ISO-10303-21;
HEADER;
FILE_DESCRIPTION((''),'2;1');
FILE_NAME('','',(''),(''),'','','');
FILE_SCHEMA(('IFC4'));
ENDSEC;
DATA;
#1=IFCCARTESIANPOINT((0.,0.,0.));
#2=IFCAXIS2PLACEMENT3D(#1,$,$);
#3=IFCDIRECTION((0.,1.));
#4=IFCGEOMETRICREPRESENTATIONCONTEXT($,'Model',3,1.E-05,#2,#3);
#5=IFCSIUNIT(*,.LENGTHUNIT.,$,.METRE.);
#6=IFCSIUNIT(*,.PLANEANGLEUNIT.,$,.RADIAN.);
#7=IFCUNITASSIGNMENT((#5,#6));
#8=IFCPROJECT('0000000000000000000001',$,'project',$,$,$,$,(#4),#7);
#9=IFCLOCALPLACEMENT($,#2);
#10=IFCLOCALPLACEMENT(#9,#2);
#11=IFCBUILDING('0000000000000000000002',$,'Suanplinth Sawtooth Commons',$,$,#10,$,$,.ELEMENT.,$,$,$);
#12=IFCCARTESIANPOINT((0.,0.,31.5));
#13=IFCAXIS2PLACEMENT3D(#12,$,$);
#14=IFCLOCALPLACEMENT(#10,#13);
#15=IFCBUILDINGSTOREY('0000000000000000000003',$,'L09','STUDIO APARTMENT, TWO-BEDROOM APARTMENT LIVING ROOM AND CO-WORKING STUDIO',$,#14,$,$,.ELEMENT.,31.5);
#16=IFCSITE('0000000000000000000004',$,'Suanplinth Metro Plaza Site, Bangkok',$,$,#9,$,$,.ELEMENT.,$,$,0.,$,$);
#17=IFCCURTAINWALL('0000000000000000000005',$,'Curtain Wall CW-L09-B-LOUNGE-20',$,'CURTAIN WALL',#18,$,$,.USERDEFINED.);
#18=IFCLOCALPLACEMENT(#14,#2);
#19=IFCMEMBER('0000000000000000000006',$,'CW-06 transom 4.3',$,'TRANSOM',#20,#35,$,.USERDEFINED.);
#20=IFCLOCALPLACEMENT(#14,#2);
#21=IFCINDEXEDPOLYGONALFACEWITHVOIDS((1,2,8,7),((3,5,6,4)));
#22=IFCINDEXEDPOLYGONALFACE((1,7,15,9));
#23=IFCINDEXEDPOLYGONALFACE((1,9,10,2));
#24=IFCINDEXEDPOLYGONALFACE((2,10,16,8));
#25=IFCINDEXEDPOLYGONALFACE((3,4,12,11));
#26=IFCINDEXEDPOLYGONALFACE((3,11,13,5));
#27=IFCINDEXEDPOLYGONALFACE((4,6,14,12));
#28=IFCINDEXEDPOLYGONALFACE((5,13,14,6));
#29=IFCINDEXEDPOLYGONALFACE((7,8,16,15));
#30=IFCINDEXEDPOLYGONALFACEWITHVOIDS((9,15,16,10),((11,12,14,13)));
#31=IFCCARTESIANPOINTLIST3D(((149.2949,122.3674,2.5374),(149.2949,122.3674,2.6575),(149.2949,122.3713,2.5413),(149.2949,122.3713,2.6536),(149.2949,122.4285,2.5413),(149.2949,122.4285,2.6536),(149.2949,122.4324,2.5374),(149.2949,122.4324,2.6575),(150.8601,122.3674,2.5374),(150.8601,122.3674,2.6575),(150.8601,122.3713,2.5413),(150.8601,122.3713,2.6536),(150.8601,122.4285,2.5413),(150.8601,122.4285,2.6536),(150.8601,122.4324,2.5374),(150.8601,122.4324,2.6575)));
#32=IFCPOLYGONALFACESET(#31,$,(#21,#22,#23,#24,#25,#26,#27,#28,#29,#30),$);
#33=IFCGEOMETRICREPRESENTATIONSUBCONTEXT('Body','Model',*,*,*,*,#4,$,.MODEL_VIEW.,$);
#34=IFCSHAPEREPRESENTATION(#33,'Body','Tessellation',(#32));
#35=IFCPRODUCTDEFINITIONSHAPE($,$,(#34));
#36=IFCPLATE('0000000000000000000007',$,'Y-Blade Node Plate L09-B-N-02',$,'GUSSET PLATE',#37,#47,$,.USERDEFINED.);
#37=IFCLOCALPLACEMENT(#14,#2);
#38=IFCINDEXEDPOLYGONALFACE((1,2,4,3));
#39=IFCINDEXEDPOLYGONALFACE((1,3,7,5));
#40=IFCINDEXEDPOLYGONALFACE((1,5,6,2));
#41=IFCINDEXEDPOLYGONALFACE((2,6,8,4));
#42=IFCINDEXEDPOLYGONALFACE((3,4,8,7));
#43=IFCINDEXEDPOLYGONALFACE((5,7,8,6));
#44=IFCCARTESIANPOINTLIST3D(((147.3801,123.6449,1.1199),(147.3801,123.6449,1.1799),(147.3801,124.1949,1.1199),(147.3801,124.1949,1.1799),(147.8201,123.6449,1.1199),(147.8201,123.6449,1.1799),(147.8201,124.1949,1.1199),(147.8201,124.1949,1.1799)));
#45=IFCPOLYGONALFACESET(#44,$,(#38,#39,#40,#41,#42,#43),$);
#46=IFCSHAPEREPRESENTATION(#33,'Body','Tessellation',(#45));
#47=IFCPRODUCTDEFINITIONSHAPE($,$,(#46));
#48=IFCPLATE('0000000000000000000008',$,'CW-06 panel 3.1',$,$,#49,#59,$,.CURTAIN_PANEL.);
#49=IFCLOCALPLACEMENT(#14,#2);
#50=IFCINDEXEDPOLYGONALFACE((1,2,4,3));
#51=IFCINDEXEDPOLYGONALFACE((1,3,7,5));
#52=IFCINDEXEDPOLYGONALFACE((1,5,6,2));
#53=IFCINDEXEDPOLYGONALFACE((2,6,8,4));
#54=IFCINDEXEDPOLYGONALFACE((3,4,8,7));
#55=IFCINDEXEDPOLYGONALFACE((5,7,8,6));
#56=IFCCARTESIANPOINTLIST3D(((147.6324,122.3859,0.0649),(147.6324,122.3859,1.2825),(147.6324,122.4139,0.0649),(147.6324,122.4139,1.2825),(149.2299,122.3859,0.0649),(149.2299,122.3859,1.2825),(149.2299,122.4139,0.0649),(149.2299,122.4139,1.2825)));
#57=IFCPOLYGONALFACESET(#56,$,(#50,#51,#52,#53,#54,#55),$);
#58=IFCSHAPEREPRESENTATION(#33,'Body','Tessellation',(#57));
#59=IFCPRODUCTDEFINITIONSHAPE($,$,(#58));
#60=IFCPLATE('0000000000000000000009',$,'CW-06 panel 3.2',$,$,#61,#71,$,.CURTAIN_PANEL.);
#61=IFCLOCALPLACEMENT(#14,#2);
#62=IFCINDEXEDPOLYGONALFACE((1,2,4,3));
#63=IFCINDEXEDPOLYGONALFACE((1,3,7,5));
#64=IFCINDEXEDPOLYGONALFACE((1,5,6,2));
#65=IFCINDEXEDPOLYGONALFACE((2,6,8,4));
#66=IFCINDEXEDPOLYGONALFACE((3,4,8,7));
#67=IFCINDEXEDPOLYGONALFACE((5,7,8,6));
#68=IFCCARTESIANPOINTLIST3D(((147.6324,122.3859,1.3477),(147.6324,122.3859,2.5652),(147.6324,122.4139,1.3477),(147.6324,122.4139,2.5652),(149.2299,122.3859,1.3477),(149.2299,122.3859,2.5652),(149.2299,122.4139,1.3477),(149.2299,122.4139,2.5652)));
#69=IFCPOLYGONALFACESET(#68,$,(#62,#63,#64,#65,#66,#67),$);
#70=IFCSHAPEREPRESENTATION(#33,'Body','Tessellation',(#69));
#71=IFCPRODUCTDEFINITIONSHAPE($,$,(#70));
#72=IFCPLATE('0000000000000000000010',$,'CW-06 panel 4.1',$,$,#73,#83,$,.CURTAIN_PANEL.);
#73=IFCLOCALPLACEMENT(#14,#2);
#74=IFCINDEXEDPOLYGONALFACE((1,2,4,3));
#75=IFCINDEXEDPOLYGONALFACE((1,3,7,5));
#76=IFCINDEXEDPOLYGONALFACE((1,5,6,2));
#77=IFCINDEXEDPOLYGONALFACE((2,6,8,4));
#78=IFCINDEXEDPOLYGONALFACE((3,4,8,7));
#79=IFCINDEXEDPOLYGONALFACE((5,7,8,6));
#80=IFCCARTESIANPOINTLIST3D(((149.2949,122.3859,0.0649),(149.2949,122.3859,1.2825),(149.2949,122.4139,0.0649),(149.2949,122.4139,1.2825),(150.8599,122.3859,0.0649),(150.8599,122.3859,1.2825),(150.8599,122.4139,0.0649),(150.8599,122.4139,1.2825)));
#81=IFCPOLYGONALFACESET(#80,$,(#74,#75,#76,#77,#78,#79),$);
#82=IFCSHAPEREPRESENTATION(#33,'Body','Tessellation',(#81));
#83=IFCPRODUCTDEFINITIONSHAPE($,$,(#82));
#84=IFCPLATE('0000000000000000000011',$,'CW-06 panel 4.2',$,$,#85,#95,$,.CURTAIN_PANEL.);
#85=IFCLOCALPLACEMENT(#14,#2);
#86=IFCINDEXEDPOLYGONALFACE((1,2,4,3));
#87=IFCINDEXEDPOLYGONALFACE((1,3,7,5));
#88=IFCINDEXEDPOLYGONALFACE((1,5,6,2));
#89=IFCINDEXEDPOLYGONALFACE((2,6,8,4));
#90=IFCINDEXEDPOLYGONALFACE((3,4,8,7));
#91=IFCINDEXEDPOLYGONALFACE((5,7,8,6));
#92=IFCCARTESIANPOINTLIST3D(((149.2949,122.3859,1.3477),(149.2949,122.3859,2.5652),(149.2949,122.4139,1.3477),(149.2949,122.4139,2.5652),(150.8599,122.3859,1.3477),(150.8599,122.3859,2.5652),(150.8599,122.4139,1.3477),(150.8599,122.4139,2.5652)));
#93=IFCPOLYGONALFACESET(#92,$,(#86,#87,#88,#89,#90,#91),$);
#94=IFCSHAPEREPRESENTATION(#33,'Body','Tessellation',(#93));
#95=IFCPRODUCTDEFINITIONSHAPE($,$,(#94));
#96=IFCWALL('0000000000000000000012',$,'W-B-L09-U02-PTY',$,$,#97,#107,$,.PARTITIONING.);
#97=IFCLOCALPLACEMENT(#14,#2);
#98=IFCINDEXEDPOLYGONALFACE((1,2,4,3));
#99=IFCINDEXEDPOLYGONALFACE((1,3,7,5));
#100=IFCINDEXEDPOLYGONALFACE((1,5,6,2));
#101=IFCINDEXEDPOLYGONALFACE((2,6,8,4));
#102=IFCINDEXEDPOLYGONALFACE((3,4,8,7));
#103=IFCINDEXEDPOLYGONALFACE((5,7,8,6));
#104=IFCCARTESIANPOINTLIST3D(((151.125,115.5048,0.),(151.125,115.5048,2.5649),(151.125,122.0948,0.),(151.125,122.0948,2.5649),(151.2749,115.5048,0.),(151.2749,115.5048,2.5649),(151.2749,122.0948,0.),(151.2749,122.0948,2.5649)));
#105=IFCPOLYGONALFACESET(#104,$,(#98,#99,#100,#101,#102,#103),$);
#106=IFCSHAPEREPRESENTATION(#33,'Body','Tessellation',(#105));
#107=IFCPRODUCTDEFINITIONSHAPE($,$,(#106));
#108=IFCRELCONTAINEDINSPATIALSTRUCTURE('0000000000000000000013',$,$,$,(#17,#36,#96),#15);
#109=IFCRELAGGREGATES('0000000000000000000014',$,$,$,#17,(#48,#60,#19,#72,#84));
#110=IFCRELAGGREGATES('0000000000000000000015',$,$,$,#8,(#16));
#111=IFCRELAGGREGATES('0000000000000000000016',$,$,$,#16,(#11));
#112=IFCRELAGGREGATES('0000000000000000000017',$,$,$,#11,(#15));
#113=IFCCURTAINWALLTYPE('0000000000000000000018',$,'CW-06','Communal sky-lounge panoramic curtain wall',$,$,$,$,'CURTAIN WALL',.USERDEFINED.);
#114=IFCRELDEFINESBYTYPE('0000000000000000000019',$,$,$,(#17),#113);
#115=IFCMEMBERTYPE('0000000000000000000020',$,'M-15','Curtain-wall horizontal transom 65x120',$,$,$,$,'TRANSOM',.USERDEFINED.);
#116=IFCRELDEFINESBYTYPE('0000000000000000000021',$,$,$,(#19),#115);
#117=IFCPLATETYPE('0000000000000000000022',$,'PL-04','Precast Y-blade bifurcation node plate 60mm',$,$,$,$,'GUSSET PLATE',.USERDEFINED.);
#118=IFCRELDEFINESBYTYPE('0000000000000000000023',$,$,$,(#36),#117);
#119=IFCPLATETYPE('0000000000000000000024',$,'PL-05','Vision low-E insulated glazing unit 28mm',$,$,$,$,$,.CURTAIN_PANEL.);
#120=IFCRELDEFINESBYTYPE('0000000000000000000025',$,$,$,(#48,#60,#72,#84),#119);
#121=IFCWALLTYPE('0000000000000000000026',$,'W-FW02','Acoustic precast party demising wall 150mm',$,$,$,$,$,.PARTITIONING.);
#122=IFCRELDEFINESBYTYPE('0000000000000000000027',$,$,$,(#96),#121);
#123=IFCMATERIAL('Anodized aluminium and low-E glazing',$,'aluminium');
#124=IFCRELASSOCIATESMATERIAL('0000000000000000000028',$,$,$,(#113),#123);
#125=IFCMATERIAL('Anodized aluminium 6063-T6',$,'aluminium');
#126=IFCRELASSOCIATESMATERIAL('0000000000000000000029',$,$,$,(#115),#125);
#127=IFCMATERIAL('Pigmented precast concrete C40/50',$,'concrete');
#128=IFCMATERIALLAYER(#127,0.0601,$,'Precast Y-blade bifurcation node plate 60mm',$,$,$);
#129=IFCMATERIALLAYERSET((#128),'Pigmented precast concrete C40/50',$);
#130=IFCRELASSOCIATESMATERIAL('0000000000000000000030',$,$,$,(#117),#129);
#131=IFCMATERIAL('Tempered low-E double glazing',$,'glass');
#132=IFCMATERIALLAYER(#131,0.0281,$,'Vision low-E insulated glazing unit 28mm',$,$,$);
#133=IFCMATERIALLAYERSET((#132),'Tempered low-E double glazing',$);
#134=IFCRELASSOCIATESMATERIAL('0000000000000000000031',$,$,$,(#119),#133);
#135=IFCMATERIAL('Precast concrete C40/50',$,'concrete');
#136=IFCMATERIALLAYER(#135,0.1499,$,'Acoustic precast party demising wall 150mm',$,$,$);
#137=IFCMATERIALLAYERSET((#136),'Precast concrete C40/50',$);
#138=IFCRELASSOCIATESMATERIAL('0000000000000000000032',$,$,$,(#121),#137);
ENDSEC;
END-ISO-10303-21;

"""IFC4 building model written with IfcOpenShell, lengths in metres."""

from ifc_helpers import new_model, si_unit, direction, frame, frame_2d, origin, origin_2d, place, context, subcontext, project, spatial, rectangle, hollow_rectangle, extrude, material, layer, layer_set, material_profile, profile_set, type_object, element, aggregate, save


model = new_model("IFC4")

# Units and contexts
model_context = context("Model", 3, precision=1e-05, world=origin(), true_north=direction((0.0, 1.0)))
body_context = subcontext(model_context, "Body", "Model", "MODEL_VIEW")
ifc_project = project(units=[si_unit("LENGTHUNIT", "METRE"), si_unit("PLANEANGLEUNIT", "RADIAN")], contexts=[model_context])

# Site, building, storey
site_placement = place(None, origin())
site = spatial("IfcSite", under=ifc_project, at=site_placement, Name="Suanplinth Metro Plaza Site, Bangkok", CompositionType="ELEMENT", RefElevation=0.0)
building_placement = place(site_placement, origin())
building = spatial("IfcBuilding", under=site, at=building_placement, Name="Suanplinth Sawtooth Commons", CompositionType="ELEMENT")
storey_placement = place(building_placement, frame((0.0, 0.0, 31.5)))
storey = spatial("IfcBuildingStorey", under=building, at=storey_placement, Name="L09", Description="STUDIO APARTMENT, TWO-BEDROOM APARTMENT LIVING ROOM AND CO-WORKING STUDIO", CompositionType="ELEMENT", Elevation=31.5)

# Shared definitions
ifc_material_1 = material(Name="Pigmented precast concrete C40/50", Category="concrete")

# Curtain wall, member
ifc_material_2 = material(Name="Anodized aluminium and low-E glazing", Category="aluminium")
curtain_wall_type = type_object("IfcCurtainWallType", Name="CW-06", Description="Communal sky-lounge panoramic curtain wall", ElementType="CURTAIN WALL", PredefinedType="USERDEFINED", material=ifc_material_2)
curtain_wall_placement = place(storey_placement, origin())
curtain_wall = element("IfcCurtainWall", 1, at=curtain_wall_placement, inside=storey, type_object=curtain_wall_type, Name="Curtain Wall CW-L09-B-LOUNGE-20", ObjectType="CURTAIN WALL", PredefinedType="USERDEFINED")
ifc_material_3 = material(Name="Anodized aluminium 6063-T6", Category="aluminium")
ifc_material_profile_1 = material_profile(ifc_material_3, hollow_rectangle(XDim=0.0649, YDim=0.1201, WallThickness=0.0039, at=origin_2d()), Name="ALU-TRN 65x120")
ifc_profile_set_1 = profile_set([ifc_material_profile_1], Name="Anodized aluminium 6063-T6")
member_type_1 = type_object("IfcMemberType", Name="M-15", Description="Curtain-wall horizontal transom 65x120", ElementType="TRANSOM", PredefinedType="USERDEFINED", material=ifc_profile_set_1)
member_1_placement = place(storey_placement, frame((149.2949, 122.3999, 2.5974), z_axis=(1.0, 0.0, 0.0), x_axis=(0.0, 1.0, 0.0)))
member_1 = element("IfcMember", 2, at=member_1_placement, type_object=member_type_1, Name="CW-06 transom 4.3", ObjectType="TRANSOM", PredefinedType="USERDEFINED", context=body_context, shape_type="SweptSolid", body=[
    extrude(hollow_rectangle(XDim=0.0649, YDim=0.1201, WallThickness=0.0039, at=origin_2d()), origin(), (0.0, 0.0, 1.0), 1.5652),
])

# Plates
ifc_layer_1 = layer(ifc_material_1, 0.0601, Name="Precast Y-blade bifurcation node plate 60mm")
ifc_layer_set_1 = layer_set([ifc_layer_1], Name="Pigmented precast concrete C40/50")
plate_type_1 = type_object("IfcPlateType", Name="PL-04", Description="Precast Y-blade bifurcation node plate 60mm", ElementType="GUSSET PLATE", PredefinedType="USERDEFINED", material=ifc_layer_set_1)
plate_1_placement = place(storey_placement, frame((147.6001, 123.9199, 1.1199), z_axis=(0.0, 0.0, 1.0), x_axis=(1.0, 0.0, 0.0)))
element("IfcPlate", 3, at=plate_1_placement, inside=storey, type_object=plate_type_1, Name="Y-Blade Node Plate L09-B-N-02", ObjectType="GUSSET PLATE", PredefinedType="USERDEFINED", context=body_context, shape_type="SweptSolid", body=[
    extrude(rectangle(XDim=0.4399, YDim=0.55, at=origin_2d()), origin(), (0.0, 0.0, 1.0), 0.0601),
])
ifc_material_4 = material(Name="Tempered low-E double glazing", Category="glass")
ifc_layer_2 = layer(ifc_material_4, 0.0281, Name="Vision low-E insulated glazing unit 28mm")
ifc_layer_set_2 = layer_set([ifc_layer_2], Name="Tempered low-E double glazing")
plate_type_2 = type_object("IfcPlateType", Name="PL-05", Description="Vision low-E insulated glazing unit 28mm", PredefinedType="CURTAIN_PANEL", material=ifc_layer_set_2)
plate_2_placement = place(storey_placement, frame((148.4312, 122.3999, 0.0649), z_axis=(0.0, 0.0, 1.0), x_axis=(1.0, 0.0, 0.0)))
plate_2 = element("IfcPlate", 4, at=plate_2_placement, type_object=plate_type_2, Name="CW-06 panel 3.1", PredefinedType="CURTAIN_PANEL", context=body_context, shape_type="SweptSolid", body=[
    extrude(rectangle(XDim=1.5974, YDim=0.0281, at=origin_2d()), origin(), (0.0, 0.0, 1.0), 1.2175),
])
plate_3_placement = place(storey_placement, frame((148.4312, 122.3999, 1.3477), z_axis=(0.0, 0.0, 1.0), x_axis=(1.0, 0.0, 0.0)))
plate_3 = element("IfcPlate", 5, at=plate_3_placement, type_object=plate_type_2, Name="CW-06 panel 3.2", PredefinedType="CURTAIN_PANEL", context=body_context, shape_type="SweptSolid", body=[
    extrude(rectangle(XDim=1.5974, YDim=0.0281, at=origin_2d()), origin(), (0.0, 0.0, 1.0), 1.2175),
])
plate_4_placement = place(storey_placement, frame((150.0774, 122.3999, 0.0649), z_axis=(0.0, 0.0, 1.0), x_axis=(1.0, 0.0, 0.0)))
plate_4 = element("IfcPlate", 6, at=plate_4_placement, type_object=plate_type_2, Name="CW-06 panel 4.1", PredefinedType="CURTAIN_PANEL", context=body_context, shape_type="SweptSolid", body=[
    extrude(rectangle(XDim=1.5649, YDim=0.0281, at=origin_2d()), origin(), (0.0, 0.0, 1.0), 1.2175),
])
plate_5_placement = place(storey_placement, frame((150.0774, 122.3999, 1.3477), z_axis=(0.0, 0.0, 1.0), x_axis=(1.0, 0.0, 0.0)))
plate_5 = element("IfcPlate", 7, at=plate_5_placement, type_object=plate_type_2, Name="CW-06 panel 4.2", PredefinedType="CURTAIN_PANEL", context=body_context, shape_type="SweptSolid", body=[
    extrude(rectangle(XDim=1.5649, YDim=0.0281, at=origin_2d()), origin(), (0.0, 0.0, 1.0), 1.2175),
])
aggregate(curtain_wall, [plate_2, plate_3, member_1, plate_4, plate_5])

# Wall
ifc_material_5 = material(Name="Precast concrete C40/50", Category="concrete")
ifc_layer_3 = layer(ifc_material_5, 0.1499, Name="Acoustic precast party demising wall 150mm")
ifc_layer_set_3 = layer_set([ifc_layer_3], Name="Precast concrete C40/50")
wall_type = type_object("IfcWallType", Name="W-FW02", Description="Acoustic precast party demising wall 150mm", PredefinedType="PARTITIONING", material=ifc_layer_set_3)
wall_placement = place(storey_placement, frame((151.2, 115.5049, 0.0), z_axis=(0.0, 0.0, 1.0), x_axis=(0.0, 1.0, 0.0)))
element("IfcWall", 8, at=wall_placement, inside=storey, type_object=wall_type, Name="W-B-L09-U02-PTY", PredefinedType="PARTITIONING", context=body_context, shape_type="SweptSolid", body=[
    extrude(rectangle(XDim=6.5901, YDim=0.1499, at=frame_2d((3.2949, 0.0))), origin(), (0.0, 0.0, 1.0), 2.5649),
])

save(model, "model.ifc")
